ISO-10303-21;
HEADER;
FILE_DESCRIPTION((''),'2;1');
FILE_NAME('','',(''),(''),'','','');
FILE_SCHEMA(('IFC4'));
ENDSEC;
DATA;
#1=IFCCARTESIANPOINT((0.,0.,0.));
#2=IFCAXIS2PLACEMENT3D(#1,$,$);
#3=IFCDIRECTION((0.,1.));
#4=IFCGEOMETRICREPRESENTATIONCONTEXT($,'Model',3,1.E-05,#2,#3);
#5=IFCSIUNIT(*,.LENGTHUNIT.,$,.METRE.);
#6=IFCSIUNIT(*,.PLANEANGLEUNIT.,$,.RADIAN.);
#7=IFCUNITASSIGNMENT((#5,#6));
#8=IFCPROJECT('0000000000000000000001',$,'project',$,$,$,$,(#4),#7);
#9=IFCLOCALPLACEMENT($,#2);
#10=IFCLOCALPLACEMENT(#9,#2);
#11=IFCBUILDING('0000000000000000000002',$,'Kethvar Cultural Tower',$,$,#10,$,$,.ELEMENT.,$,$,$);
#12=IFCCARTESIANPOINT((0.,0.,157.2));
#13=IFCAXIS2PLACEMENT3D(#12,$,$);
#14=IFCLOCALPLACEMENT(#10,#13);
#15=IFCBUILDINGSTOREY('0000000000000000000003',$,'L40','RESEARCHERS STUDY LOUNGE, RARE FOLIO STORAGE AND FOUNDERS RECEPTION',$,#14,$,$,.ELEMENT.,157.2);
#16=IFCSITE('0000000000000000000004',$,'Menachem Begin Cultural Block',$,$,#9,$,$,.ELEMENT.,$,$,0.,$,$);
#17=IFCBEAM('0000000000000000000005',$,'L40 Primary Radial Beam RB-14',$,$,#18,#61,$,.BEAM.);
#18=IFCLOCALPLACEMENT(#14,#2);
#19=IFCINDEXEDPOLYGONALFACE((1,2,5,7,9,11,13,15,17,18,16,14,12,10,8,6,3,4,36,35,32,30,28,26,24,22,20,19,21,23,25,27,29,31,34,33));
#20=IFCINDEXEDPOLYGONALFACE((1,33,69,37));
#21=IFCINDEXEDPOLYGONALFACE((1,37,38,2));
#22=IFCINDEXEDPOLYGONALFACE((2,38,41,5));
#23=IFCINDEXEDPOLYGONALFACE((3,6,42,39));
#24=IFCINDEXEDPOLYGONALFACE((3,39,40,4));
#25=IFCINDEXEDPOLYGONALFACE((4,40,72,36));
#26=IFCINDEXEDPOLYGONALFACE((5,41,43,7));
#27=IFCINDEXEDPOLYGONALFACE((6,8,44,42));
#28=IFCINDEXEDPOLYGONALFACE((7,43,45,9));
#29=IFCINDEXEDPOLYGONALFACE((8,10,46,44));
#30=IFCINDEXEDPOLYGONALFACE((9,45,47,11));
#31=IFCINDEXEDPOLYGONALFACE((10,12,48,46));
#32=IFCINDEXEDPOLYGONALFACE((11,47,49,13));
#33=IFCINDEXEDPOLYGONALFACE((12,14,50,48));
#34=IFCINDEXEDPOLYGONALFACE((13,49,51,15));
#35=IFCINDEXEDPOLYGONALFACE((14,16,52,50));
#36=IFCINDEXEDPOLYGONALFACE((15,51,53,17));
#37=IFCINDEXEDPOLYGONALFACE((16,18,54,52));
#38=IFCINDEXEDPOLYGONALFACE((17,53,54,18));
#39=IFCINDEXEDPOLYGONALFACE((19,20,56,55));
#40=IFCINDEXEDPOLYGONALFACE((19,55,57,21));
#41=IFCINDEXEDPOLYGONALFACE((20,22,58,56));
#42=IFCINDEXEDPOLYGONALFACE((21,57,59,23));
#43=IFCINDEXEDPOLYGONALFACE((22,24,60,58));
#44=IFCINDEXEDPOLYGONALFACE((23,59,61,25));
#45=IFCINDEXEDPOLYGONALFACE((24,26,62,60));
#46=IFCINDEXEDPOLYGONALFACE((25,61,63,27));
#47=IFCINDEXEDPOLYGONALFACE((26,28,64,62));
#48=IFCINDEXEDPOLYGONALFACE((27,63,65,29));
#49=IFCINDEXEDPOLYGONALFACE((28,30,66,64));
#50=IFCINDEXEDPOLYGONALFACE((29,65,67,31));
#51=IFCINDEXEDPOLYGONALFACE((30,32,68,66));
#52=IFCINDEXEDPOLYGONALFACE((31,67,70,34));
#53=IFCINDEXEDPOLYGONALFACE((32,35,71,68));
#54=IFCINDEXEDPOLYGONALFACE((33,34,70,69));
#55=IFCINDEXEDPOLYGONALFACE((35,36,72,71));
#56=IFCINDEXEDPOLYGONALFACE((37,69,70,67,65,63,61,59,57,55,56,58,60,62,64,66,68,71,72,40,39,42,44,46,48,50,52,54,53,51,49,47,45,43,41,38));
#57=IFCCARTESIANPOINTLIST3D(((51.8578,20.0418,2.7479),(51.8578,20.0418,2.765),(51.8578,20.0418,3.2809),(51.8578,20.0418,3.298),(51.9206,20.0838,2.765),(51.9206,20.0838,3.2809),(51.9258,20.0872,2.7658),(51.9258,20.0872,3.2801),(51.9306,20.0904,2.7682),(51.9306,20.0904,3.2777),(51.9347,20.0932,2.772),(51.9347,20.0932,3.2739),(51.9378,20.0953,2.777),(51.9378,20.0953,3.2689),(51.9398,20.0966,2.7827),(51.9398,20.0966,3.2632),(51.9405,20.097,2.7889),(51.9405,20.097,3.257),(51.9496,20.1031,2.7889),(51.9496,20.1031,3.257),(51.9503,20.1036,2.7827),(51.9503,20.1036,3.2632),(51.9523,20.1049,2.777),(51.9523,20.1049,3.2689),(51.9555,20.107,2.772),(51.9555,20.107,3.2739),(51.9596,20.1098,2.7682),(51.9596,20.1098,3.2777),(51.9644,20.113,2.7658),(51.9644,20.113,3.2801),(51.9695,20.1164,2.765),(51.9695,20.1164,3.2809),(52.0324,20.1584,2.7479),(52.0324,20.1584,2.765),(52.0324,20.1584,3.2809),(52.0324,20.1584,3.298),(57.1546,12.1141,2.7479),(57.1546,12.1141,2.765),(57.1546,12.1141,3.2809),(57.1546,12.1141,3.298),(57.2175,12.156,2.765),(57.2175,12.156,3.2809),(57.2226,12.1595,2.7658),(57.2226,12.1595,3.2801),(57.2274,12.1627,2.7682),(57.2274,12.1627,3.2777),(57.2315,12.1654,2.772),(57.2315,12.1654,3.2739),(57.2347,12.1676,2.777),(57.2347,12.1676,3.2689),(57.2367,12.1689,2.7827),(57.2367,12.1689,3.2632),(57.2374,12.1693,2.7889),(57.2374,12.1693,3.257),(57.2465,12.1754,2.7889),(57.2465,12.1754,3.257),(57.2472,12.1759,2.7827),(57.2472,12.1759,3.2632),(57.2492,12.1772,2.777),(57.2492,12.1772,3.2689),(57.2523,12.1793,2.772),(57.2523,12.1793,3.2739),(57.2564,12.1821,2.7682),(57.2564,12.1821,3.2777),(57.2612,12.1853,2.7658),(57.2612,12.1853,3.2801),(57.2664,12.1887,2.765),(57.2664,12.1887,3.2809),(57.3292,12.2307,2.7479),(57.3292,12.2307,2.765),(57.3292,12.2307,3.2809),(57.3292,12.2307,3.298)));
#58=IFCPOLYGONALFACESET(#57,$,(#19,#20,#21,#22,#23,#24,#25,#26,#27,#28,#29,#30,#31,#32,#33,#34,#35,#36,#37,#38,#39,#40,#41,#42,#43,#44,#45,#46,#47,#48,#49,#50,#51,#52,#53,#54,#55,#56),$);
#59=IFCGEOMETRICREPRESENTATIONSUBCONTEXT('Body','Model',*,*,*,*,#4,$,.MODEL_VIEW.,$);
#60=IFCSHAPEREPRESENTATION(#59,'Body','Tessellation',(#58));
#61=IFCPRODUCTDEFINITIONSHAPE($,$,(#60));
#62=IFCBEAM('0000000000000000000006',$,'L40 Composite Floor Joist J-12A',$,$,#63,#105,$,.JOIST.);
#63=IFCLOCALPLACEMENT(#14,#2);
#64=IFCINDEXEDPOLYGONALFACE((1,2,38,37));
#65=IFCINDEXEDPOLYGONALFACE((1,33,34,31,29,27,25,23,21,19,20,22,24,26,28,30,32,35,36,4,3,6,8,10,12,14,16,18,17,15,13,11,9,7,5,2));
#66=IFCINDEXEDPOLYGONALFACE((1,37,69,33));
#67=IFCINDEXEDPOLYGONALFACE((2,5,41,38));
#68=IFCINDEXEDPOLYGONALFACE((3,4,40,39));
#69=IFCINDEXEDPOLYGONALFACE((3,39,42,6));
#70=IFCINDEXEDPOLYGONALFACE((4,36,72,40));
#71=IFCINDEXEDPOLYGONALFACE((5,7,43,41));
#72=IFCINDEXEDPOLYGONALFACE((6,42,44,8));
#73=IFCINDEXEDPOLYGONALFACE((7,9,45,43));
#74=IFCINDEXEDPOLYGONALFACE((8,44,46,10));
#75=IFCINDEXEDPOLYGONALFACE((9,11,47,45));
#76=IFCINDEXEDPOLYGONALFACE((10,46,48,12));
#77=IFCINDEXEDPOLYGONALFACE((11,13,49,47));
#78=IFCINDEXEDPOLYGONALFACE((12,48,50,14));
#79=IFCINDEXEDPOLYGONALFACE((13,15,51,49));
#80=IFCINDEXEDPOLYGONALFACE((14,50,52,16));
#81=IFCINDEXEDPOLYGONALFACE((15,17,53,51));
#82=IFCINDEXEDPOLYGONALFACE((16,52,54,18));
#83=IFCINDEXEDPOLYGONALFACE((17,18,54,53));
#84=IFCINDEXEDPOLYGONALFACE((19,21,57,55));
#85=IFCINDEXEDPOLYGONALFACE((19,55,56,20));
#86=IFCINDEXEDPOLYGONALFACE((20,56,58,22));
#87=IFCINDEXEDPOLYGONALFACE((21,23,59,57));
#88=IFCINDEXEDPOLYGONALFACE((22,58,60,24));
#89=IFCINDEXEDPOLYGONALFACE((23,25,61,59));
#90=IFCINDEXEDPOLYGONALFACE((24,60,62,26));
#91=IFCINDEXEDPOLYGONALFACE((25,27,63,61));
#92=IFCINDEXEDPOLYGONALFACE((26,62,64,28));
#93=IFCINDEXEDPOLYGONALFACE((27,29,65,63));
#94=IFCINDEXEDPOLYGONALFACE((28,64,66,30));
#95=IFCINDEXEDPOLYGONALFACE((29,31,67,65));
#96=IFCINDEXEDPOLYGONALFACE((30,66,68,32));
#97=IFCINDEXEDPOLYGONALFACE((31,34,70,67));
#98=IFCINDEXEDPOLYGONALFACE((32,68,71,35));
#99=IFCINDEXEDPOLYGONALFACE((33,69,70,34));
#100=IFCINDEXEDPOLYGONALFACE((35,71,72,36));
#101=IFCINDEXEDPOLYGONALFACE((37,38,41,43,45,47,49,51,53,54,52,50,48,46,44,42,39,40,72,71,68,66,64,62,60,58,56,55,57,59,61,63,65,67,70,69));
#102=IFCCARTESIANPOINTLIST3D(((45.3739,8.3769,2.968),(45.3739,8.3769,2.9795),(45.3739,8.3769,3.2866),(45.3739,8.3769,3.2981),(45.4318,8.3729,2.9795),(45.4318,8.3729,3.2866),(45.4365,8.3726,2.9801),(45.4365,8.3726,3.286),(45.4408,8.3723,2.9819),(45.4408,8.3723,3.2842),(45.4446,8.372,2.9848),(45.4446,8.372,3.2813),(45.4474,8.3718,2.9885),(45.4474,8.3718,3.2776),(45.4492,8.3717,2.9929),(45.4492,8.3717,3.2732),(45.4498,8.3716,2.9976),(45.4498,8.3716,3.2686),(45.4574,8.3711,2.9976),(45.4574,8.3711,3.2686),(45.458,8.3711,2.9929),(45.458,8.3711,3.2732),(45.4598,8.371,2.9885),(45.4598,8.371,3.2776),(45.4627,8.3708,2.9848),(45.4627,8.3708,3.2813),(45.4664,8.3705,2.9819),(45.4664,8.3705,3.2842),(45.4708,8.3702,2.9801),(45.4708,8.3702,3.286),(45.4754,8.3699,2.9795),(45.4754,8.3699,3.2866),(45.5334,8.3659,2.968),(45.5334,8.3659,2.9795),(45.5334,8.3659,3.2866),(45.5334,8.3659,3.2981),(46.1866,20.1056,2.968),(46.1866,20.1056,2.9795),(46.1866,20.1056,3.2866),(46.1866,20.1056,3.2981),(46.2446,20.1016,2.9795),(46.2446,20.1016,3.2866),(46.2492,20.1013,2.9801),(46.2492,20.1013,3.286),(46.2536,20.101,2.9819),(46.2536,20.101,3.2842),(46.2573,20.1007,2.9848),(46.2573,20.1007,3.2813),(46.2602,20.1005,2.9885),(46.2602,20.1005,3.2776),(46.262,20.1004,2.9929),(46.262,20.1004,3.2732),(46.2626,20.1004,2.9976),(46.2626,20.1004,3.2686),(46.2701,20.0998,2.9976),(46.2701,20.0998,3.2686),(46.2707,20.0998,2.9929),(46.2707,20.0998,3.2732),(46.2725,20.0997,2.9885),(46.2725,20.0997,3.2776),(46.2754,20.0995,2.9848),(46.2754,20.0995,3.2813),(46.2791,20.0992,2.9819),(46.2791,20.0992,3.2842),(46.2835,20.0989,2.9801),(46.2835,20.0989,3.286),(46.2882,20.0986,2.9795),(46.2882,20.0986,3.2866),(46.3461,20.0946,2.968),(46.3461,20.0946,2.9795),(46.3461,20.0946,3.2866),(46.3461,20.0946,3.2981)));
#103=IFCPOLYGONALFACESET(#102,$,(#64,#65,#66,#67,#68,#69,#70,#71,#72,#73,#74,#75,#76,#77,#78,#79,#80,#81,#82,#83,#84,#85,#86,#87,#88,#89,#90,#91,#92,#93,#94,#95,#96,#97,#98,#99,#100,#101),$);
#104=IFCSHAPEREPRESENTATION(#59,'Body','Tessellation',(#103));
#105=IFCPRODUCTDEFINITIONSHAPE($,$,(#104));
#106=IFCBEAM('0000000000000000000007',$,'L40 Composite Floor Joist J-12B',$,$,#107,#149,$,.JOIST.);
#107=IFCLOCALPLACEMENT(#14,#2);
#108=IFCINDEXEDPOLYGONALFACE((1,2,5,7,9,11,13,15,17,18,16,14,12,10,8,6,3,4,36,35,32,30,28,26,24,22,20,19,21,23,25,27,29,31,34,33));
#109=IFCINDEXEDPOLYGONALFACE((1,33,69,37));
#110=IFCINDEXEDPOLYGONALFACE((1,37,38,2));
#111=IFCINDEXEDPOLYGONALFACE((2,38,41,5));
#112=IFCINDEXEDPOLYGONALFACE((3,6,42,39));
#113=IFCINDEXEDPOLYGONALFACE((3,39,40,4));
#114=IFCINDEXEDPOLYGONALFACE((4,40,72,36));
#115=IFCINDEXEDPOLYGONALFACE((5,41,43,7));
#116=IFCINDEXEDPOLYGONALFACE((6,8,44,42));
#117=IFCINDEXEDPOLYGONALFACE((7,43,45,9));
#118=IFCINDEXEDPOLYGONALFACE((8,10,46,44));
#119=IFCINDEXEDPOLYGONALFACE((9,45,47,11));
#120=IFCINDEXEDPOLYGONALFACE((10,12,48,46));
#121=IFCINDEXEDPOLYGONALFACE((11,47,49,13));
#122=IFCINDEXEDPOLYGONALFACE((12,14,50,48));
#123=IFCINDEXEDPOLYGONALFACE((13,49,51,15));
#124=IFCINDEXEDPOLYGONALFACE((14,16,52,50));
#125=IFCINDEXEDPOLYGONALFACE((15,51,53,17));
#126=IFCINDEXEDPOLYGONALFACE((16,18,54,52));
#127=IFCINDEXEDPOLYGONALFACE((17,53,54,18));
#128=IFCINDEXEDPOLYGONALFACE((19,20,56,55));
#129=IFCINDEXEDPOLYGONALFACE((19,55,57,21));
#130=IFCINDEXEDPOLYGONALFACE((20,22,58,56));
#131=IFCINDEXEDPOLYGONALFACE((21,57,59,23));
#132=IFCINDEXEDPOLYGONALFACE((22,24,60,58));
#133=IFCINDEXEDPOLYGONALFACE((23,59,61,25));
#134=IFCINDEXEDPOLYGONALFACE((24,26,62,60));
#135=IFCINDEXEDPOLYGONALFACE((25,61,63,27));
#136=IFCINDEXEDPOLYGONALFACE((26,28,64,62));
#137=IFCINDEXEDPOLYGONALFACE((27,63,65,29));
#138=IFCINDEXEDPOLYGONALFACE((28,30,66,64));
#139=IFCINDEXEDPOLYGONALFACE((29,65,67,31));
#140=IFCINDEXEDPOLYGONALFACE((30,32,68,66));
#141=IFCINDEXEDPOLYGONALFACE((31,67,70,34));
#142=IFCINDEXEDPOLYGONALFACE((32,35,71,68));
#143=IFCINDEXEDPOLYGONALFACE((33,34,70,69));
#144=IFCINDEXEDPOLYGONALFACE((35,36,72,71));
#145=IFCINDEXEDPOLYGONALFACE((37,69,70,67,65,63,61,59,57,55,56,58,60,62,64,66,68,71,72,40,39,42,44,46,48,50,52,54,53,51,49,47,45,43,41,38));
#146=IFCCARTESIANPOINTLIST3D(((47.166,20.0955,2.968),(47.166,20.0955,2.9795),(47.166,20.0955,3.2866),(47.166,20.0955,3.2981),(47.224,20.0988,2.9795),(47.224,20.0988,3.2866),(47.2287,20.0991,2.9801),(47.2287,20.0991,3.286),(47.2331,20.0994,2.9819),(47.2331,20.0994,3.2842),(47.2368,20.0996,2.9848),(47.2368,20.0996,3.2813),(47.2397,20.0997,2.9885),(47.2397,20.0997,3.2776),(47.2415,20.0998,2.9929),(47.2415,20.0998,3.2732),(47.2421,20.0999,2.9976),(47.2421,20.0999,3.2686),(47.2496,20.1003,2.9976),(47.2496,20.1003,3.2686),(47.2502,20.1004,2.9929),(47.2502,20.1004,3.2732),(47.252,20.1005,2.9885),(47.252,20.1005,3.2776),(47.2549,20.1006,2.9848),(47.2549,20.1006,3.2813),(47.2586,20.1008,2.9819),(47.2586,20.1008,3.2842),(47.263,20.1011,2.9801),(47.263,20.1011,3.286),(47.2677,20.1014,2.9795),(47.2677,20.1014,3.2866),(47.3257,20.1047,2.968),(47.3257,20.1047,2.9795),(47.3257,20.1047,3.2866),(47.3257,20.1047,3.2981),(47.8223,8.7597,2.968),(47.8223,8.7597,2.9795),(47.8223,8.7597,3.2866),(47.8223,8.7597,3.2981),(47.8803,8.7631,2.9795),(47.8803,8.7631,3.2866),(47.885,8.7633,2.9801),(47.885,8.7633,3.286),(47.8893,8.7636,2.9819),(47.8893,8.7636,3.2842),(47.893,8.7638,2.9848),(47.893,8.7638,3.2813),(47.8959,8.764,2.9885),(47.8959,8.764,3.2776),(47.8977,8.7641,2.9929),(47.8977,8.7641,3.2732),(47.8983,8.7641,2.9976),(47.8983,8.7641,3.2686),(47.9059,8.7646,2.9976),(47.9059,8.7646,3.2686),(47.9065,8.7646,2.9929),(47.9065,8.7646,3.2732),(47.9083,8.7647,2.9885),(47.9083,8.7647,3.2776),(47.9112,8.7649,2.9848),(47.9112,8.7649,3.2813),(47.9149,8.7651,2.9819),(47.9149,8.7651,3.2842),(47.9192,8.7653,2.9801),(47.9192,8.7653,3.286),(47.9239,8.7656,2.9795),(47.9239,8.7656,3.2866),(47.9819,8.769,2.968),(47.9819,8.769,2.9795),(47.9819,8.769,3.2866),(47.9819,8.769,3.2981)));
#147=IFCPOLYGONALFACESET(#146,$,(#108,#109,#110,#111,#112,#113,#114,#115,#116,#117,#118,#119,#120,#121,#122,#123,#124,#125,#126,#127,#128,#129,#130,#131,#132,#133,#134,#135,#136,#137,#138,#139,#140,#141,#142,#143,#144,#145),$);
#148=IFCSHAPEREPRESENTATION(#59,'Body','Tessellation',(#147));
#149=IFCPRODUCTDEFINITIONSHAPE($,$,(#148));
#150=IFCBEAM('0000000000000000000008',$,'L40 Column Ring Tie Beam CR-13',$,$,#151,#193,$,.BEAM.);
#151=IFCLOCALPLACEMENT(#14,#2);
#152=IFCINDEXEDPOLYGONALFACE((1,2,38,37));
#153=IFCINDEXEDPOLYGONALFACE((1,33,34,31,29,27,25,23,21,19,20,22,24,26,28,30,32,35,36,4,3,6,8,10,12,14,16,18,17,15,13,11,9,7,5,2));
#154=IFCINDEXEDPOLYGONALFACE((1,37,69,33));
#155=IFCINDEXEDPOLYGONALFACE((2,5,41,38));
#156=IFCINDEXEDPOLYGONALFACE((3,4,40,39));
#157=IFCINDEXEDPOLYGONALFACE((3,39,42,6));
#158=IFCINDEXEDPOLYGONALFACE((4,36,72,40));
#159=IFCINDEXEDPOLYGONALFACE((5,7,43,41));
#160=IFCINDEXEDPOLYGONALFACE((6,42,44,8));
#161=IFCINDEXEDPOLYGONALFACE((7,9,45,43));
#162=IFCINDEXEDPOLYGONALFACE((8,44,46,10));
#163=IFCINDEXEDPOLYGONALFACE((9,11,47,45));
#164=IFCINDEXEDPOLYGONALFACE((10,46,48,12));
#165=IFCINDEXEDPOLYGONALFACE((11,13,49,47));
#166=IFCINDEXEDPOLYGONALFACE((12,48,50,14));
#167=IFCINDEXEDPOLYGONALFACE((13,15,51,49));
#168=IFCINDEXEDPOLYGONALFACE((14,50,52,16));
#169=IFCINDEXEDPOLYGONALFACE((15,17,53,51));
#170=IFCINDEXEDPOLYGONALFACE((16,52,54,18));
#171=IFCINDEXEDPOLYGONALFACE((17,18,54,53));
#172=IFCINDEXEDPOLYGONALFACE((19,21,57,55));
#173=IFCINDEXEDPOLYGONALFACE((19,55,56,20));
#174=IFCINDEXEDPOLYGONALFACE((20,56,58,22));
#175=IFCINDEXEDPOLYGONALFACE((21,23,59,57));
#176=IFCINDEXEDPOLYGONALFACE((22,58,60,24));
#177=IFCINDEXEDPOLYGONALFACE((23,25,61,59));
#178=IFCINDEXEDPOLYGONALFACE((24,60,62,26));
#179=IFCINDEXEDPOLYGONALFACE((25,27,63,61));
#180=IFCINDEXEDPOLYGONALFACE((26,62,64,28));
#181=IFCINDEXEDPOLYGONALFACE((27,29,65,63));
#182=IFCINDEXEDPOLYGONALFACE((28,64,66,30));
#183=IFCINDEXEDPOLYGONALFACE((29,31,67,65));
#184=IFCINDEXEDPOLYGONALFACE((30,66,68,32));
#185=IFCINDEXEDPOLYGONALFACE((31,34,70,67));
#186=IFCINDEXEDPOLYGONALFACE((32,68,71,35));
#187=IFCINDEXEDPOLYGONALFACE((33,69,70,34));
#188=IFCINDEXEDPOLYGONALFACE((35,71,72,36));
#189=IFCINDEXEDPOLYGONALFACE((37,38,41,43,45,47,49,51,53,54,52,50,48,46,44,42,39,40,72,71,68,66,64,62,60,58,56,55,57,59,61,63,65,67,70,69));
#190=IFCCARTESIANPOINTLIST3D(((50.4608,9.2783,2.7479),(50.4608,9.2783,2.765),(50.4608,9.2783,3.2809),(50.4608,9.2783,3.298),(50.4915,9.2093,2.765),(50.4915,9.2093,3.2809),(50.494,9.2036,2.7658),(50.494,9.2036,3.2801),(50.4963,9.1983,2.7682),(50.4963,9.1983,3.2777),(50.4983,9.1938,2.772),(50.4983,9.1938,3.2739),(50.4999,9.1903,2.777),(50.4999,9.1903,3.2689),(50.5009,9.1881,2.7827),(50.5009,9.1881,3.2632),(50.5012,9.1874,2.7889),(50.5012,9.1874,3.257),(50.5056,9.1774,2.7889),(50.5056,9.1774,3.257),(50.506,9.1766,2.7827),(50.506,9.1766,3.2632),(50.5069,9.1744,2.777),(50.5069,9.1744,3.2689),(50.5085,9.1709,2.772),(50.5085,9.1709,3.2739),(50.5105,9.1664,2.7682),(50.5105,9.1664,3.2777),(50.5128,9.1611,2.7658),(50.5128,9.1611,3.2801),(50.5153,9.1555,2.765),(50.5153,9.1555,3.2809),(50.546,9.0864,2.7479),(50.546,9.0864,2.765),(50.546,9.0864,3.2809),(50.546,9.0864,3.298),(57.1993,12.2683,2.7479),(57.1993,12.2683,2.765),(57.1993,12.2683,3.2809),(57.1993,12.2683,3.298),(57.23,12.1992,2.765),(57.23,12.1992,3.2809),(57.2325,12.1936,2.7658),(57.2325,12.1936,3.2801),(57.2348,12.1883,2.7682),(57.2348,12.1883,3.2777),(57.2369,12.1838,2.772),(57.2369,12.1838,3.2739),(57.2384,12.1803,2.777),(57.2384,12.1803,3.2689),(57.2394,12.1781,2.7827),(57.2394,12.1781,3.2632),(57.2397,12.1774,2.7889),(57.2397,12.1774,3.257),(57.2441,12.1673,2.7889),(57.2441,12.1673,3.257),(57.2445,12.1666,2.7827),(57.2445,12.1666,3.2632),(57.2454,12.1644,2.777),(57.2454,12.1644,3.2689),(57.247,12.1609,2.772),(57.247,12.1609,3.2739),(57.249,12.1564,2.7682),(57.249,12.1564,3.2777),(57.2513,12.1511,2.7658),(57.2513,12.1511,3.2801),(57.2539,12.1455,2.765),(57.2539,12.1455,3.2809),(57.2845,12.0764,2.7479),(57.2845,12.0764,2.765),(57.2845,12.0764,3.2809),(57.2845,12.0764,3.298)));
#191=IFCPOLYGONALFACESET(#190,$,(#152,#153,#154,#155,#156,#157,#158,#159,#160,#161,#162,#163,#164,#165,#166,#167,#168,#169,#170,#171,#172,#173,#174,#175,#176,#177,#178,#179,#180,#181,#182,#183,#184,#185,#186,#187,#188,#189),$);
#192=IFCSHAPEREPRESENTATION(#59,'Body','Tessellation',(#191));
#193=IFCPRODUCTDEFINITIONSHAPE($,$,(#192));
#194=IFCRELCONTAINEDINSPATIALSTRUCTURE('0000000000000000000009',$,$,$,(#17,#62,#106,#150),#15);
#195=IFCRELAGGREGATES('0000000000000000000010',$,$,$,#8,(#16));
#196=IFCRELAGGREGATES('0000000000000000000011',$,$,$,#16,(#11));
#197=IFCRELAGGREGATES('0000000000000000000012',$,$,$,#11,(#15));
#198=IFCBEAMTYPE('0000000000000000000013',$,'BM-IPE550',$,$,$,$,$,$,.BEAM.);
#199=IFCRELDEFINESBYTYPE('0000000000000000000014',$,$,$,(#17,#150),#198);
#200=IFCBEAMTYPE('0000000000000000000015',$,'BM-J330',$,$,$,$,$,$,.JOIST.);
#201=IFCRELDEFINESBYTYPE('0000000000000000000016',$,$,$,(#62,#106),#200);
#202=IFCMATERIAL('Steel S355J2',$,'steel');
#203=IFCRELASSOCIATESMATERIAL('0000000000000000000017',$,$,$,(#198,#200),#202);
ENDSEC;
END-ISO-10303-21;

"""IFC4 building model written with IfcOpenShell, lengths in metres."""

from ifc_helpers import new_model, si_unit, direction, frame, origin, origin_2d, place, context, subcontext, project, spatial, i_section, extrude, source, transform, mapped, material, material_profile, profile_set, type_object, element, save


model = new_model("IFC4")

# Units and contexts
model_context = context("Model", 3, precision=1e-05, world=origin(), true_north=direction((0.0, 1.0)))
body_context = subcontext(model_context, "Body", "Model", "MODEL_VIEW")
ifc_project = project(units=[si_unit("LENGTHUNIT", "METRE"), si_unit("PLANEANGLEUNIT", "RADIAN")], contexts=[model_context])

# Site, building, storey
site_placement = place(None, origin())
site = spatial("IfcSite", under=ifc_project, at=site_placement, Name="Menachem Begin Cultural Block", CompositionType="ELEMENT", RefElevation=0.0)
building_placement = place(site_placement, origin())
building = spatial("IfcBuilding", under=site, at=building_placement, Name="Kethvar Cultural Tower", CompositionType="ELEMENT")
storey_placement = place(building_placement, frame((0.0, 0.0, 157.2)))
storey = spatial("IfcBuildingStorey", under=building, at=storey_placement, Name="L40", Description="RESEARCHERS STUDY LOUNGE, RARE FOLIO STORAGE AND FOUNDERS RECEPTION", CompositionType="ELEMENT", Elevation=157.2)

# Beams
ifc_material_1 = material(Name="Steel S355J2", Category="steel")
ifc_material_profile_1 = material_profile(ifc_material_1, i_section(OverallWidth=0.21, OverallDepth=0.55, WebThickness=0.011, FlangeThickness=0.0171, FilletRadius=0.0239, at=origin_2d()), Name="Steel S355J2 — IPE550")
ifc_profile_set_1 = profile_set([ifc_material_profile_1], Name="Steel S355J2 — IPE550")
beam_type_1 = type_object("IfcBeamType", Name="BM-IPE550", PredefinedType="BEAM", material=ifc_profile_set_1)
shared_shape_1 = source(origin(), body_context, "Body", "SweptSolid", [
    extrude(i_section(OverallWidth=0.21, OverallDepth=0.55, WebThickness=0.011, FlangeThickness=0.0171, FilletRadius=0.0239, at=origin_2d()), origin(), (0.0, 0.0, 1.0), 9.5344),
])
beam_1_placement = place(storey_placement, frame((51.9451, 20.1001, 3.0229), z_axis=(0.555551, -0.831483, 0.0), x_axis=(0.831483, 0.555551, 0.0)))
element("IfcBeam", 1, at=beam_1_placement, inside=storey, type_object=beam_type_1, Name="L40 Primary Radial Beam RB-14", PredefinedType="BEAM", context=body_context, shape_type="MappedRepresentation", body=[
    mapped(shared_shape_1, transform((0.0, 0.0, 0.0), scale=1.0)),
])
ifc_material_profile_2 = material_profile(ifc_material_1, i_section(OverallWidth=0.1599, OverallDepth=0.3301, WebThickness=0.0076, FlangeThickness=0.0115, FilletRadius=0.0181, at=origin_2d()), Name="Steel S355J2 — IPE330")
ifc_profile_set_2 = profile_set([ifc_material_profile_2], Name="Steel S355J2 — IPE330")
beam_type_2 = type_object("IfcBeamType", Name="BM-J330", PredefinedType="JOIST", material=ifc_profile_set_2)
shared_shape_2 = source(origin(), body_context, "Body", "SweptSolid", [
    extrude(i_section(OverallWidth=0.1599, OverallDepth=0.3301, WebThickness=0.0076, FlangeThickness=0.0115, FilletRadius=0.0181, at=origin_2d()), origin(), (0.0, 0.0, 1.0), 11.7568),
])
beam_2_placement = place(storey_placement, frame((46.2664, 20.1001, 3.1331), z_axis=(-0.069129, -0.997608, 0.0), x_axis=(0.997608, -0.069129, 0.0)))
element("IfcBeam", 2, at=beam_2_placement, inside=storey, type_object=beam_type_2, Name="L40 Composite Floor Joist J-12A", PredefinedType="JOIST", context=body_context, shape_type="MappedRepresentation", body=[
    mapped(shared_shape_2, transform((0.0, 0.0, 0.0), scale=1.0)),
])
shared_shape_3 = source(origin(), body_context, "Body", "SweptSolid", [
    extrude(i_section(OverallWidth=0.1599, OverallDepth=0.3301, WebThickness=0.0076, FlangeThickness=0.0115, FilletRadius=0.0181, at=origin_2d()), origin(), (0.0, 0.0, 1.0), 11.3547),
])
beam_3_placement = place(storey_placement, frame((47.2458, 20.1001, 3.1331), z_axis=(0.057796, -0.998328, 0.0), x_axis=(0.998328, 0.057796, 0.0)))
element("IfcBeam", 3, at=beam_3_placement, inside=storey, type_object=beam_type_2, Name="L40 Composite Floor Joist J-12B", PredefinedType="JOIST", context=body_context, shape_type="MappedRepresentation", body=[
    mapped(shared_shape_3, transform((0.0, 0.0, 0.0), scale=1.0)),
])
shared_shape_4 = source(origin(), body_context, "Body", "SweptSolid", [
    extrude(i_section(OverallWidth=0.21, OverallDepth=0.55, WebThickness=0.011, FlangeThickness=0.0171, FilletRadius=0.0239, at=origin_2d()), origin(), (0.0, 0.0, 1.0), 7.3721),
])
beam_4_placement = place(storey_placement, frame((50.5034, 9.1824, 3.0229), z_axis=(0.914059, 0.405582, 0.0), x_axis=(-0.405582, 0.914059, 0.0)))
element("IfcBeam", 4, at=beam_4_placement, inside=storey, type_object=beam_type_1, Name="L40 Column Ring Tie Beam CR-13", PredefinedType="BEAM", context=body_context, shape_type="MappedRepresentation", body=[
    mapped(shared_shape_4, transform((0.0, 0.0, 0.0), scale=1.0)),
])

save(model, "model.ifc")
